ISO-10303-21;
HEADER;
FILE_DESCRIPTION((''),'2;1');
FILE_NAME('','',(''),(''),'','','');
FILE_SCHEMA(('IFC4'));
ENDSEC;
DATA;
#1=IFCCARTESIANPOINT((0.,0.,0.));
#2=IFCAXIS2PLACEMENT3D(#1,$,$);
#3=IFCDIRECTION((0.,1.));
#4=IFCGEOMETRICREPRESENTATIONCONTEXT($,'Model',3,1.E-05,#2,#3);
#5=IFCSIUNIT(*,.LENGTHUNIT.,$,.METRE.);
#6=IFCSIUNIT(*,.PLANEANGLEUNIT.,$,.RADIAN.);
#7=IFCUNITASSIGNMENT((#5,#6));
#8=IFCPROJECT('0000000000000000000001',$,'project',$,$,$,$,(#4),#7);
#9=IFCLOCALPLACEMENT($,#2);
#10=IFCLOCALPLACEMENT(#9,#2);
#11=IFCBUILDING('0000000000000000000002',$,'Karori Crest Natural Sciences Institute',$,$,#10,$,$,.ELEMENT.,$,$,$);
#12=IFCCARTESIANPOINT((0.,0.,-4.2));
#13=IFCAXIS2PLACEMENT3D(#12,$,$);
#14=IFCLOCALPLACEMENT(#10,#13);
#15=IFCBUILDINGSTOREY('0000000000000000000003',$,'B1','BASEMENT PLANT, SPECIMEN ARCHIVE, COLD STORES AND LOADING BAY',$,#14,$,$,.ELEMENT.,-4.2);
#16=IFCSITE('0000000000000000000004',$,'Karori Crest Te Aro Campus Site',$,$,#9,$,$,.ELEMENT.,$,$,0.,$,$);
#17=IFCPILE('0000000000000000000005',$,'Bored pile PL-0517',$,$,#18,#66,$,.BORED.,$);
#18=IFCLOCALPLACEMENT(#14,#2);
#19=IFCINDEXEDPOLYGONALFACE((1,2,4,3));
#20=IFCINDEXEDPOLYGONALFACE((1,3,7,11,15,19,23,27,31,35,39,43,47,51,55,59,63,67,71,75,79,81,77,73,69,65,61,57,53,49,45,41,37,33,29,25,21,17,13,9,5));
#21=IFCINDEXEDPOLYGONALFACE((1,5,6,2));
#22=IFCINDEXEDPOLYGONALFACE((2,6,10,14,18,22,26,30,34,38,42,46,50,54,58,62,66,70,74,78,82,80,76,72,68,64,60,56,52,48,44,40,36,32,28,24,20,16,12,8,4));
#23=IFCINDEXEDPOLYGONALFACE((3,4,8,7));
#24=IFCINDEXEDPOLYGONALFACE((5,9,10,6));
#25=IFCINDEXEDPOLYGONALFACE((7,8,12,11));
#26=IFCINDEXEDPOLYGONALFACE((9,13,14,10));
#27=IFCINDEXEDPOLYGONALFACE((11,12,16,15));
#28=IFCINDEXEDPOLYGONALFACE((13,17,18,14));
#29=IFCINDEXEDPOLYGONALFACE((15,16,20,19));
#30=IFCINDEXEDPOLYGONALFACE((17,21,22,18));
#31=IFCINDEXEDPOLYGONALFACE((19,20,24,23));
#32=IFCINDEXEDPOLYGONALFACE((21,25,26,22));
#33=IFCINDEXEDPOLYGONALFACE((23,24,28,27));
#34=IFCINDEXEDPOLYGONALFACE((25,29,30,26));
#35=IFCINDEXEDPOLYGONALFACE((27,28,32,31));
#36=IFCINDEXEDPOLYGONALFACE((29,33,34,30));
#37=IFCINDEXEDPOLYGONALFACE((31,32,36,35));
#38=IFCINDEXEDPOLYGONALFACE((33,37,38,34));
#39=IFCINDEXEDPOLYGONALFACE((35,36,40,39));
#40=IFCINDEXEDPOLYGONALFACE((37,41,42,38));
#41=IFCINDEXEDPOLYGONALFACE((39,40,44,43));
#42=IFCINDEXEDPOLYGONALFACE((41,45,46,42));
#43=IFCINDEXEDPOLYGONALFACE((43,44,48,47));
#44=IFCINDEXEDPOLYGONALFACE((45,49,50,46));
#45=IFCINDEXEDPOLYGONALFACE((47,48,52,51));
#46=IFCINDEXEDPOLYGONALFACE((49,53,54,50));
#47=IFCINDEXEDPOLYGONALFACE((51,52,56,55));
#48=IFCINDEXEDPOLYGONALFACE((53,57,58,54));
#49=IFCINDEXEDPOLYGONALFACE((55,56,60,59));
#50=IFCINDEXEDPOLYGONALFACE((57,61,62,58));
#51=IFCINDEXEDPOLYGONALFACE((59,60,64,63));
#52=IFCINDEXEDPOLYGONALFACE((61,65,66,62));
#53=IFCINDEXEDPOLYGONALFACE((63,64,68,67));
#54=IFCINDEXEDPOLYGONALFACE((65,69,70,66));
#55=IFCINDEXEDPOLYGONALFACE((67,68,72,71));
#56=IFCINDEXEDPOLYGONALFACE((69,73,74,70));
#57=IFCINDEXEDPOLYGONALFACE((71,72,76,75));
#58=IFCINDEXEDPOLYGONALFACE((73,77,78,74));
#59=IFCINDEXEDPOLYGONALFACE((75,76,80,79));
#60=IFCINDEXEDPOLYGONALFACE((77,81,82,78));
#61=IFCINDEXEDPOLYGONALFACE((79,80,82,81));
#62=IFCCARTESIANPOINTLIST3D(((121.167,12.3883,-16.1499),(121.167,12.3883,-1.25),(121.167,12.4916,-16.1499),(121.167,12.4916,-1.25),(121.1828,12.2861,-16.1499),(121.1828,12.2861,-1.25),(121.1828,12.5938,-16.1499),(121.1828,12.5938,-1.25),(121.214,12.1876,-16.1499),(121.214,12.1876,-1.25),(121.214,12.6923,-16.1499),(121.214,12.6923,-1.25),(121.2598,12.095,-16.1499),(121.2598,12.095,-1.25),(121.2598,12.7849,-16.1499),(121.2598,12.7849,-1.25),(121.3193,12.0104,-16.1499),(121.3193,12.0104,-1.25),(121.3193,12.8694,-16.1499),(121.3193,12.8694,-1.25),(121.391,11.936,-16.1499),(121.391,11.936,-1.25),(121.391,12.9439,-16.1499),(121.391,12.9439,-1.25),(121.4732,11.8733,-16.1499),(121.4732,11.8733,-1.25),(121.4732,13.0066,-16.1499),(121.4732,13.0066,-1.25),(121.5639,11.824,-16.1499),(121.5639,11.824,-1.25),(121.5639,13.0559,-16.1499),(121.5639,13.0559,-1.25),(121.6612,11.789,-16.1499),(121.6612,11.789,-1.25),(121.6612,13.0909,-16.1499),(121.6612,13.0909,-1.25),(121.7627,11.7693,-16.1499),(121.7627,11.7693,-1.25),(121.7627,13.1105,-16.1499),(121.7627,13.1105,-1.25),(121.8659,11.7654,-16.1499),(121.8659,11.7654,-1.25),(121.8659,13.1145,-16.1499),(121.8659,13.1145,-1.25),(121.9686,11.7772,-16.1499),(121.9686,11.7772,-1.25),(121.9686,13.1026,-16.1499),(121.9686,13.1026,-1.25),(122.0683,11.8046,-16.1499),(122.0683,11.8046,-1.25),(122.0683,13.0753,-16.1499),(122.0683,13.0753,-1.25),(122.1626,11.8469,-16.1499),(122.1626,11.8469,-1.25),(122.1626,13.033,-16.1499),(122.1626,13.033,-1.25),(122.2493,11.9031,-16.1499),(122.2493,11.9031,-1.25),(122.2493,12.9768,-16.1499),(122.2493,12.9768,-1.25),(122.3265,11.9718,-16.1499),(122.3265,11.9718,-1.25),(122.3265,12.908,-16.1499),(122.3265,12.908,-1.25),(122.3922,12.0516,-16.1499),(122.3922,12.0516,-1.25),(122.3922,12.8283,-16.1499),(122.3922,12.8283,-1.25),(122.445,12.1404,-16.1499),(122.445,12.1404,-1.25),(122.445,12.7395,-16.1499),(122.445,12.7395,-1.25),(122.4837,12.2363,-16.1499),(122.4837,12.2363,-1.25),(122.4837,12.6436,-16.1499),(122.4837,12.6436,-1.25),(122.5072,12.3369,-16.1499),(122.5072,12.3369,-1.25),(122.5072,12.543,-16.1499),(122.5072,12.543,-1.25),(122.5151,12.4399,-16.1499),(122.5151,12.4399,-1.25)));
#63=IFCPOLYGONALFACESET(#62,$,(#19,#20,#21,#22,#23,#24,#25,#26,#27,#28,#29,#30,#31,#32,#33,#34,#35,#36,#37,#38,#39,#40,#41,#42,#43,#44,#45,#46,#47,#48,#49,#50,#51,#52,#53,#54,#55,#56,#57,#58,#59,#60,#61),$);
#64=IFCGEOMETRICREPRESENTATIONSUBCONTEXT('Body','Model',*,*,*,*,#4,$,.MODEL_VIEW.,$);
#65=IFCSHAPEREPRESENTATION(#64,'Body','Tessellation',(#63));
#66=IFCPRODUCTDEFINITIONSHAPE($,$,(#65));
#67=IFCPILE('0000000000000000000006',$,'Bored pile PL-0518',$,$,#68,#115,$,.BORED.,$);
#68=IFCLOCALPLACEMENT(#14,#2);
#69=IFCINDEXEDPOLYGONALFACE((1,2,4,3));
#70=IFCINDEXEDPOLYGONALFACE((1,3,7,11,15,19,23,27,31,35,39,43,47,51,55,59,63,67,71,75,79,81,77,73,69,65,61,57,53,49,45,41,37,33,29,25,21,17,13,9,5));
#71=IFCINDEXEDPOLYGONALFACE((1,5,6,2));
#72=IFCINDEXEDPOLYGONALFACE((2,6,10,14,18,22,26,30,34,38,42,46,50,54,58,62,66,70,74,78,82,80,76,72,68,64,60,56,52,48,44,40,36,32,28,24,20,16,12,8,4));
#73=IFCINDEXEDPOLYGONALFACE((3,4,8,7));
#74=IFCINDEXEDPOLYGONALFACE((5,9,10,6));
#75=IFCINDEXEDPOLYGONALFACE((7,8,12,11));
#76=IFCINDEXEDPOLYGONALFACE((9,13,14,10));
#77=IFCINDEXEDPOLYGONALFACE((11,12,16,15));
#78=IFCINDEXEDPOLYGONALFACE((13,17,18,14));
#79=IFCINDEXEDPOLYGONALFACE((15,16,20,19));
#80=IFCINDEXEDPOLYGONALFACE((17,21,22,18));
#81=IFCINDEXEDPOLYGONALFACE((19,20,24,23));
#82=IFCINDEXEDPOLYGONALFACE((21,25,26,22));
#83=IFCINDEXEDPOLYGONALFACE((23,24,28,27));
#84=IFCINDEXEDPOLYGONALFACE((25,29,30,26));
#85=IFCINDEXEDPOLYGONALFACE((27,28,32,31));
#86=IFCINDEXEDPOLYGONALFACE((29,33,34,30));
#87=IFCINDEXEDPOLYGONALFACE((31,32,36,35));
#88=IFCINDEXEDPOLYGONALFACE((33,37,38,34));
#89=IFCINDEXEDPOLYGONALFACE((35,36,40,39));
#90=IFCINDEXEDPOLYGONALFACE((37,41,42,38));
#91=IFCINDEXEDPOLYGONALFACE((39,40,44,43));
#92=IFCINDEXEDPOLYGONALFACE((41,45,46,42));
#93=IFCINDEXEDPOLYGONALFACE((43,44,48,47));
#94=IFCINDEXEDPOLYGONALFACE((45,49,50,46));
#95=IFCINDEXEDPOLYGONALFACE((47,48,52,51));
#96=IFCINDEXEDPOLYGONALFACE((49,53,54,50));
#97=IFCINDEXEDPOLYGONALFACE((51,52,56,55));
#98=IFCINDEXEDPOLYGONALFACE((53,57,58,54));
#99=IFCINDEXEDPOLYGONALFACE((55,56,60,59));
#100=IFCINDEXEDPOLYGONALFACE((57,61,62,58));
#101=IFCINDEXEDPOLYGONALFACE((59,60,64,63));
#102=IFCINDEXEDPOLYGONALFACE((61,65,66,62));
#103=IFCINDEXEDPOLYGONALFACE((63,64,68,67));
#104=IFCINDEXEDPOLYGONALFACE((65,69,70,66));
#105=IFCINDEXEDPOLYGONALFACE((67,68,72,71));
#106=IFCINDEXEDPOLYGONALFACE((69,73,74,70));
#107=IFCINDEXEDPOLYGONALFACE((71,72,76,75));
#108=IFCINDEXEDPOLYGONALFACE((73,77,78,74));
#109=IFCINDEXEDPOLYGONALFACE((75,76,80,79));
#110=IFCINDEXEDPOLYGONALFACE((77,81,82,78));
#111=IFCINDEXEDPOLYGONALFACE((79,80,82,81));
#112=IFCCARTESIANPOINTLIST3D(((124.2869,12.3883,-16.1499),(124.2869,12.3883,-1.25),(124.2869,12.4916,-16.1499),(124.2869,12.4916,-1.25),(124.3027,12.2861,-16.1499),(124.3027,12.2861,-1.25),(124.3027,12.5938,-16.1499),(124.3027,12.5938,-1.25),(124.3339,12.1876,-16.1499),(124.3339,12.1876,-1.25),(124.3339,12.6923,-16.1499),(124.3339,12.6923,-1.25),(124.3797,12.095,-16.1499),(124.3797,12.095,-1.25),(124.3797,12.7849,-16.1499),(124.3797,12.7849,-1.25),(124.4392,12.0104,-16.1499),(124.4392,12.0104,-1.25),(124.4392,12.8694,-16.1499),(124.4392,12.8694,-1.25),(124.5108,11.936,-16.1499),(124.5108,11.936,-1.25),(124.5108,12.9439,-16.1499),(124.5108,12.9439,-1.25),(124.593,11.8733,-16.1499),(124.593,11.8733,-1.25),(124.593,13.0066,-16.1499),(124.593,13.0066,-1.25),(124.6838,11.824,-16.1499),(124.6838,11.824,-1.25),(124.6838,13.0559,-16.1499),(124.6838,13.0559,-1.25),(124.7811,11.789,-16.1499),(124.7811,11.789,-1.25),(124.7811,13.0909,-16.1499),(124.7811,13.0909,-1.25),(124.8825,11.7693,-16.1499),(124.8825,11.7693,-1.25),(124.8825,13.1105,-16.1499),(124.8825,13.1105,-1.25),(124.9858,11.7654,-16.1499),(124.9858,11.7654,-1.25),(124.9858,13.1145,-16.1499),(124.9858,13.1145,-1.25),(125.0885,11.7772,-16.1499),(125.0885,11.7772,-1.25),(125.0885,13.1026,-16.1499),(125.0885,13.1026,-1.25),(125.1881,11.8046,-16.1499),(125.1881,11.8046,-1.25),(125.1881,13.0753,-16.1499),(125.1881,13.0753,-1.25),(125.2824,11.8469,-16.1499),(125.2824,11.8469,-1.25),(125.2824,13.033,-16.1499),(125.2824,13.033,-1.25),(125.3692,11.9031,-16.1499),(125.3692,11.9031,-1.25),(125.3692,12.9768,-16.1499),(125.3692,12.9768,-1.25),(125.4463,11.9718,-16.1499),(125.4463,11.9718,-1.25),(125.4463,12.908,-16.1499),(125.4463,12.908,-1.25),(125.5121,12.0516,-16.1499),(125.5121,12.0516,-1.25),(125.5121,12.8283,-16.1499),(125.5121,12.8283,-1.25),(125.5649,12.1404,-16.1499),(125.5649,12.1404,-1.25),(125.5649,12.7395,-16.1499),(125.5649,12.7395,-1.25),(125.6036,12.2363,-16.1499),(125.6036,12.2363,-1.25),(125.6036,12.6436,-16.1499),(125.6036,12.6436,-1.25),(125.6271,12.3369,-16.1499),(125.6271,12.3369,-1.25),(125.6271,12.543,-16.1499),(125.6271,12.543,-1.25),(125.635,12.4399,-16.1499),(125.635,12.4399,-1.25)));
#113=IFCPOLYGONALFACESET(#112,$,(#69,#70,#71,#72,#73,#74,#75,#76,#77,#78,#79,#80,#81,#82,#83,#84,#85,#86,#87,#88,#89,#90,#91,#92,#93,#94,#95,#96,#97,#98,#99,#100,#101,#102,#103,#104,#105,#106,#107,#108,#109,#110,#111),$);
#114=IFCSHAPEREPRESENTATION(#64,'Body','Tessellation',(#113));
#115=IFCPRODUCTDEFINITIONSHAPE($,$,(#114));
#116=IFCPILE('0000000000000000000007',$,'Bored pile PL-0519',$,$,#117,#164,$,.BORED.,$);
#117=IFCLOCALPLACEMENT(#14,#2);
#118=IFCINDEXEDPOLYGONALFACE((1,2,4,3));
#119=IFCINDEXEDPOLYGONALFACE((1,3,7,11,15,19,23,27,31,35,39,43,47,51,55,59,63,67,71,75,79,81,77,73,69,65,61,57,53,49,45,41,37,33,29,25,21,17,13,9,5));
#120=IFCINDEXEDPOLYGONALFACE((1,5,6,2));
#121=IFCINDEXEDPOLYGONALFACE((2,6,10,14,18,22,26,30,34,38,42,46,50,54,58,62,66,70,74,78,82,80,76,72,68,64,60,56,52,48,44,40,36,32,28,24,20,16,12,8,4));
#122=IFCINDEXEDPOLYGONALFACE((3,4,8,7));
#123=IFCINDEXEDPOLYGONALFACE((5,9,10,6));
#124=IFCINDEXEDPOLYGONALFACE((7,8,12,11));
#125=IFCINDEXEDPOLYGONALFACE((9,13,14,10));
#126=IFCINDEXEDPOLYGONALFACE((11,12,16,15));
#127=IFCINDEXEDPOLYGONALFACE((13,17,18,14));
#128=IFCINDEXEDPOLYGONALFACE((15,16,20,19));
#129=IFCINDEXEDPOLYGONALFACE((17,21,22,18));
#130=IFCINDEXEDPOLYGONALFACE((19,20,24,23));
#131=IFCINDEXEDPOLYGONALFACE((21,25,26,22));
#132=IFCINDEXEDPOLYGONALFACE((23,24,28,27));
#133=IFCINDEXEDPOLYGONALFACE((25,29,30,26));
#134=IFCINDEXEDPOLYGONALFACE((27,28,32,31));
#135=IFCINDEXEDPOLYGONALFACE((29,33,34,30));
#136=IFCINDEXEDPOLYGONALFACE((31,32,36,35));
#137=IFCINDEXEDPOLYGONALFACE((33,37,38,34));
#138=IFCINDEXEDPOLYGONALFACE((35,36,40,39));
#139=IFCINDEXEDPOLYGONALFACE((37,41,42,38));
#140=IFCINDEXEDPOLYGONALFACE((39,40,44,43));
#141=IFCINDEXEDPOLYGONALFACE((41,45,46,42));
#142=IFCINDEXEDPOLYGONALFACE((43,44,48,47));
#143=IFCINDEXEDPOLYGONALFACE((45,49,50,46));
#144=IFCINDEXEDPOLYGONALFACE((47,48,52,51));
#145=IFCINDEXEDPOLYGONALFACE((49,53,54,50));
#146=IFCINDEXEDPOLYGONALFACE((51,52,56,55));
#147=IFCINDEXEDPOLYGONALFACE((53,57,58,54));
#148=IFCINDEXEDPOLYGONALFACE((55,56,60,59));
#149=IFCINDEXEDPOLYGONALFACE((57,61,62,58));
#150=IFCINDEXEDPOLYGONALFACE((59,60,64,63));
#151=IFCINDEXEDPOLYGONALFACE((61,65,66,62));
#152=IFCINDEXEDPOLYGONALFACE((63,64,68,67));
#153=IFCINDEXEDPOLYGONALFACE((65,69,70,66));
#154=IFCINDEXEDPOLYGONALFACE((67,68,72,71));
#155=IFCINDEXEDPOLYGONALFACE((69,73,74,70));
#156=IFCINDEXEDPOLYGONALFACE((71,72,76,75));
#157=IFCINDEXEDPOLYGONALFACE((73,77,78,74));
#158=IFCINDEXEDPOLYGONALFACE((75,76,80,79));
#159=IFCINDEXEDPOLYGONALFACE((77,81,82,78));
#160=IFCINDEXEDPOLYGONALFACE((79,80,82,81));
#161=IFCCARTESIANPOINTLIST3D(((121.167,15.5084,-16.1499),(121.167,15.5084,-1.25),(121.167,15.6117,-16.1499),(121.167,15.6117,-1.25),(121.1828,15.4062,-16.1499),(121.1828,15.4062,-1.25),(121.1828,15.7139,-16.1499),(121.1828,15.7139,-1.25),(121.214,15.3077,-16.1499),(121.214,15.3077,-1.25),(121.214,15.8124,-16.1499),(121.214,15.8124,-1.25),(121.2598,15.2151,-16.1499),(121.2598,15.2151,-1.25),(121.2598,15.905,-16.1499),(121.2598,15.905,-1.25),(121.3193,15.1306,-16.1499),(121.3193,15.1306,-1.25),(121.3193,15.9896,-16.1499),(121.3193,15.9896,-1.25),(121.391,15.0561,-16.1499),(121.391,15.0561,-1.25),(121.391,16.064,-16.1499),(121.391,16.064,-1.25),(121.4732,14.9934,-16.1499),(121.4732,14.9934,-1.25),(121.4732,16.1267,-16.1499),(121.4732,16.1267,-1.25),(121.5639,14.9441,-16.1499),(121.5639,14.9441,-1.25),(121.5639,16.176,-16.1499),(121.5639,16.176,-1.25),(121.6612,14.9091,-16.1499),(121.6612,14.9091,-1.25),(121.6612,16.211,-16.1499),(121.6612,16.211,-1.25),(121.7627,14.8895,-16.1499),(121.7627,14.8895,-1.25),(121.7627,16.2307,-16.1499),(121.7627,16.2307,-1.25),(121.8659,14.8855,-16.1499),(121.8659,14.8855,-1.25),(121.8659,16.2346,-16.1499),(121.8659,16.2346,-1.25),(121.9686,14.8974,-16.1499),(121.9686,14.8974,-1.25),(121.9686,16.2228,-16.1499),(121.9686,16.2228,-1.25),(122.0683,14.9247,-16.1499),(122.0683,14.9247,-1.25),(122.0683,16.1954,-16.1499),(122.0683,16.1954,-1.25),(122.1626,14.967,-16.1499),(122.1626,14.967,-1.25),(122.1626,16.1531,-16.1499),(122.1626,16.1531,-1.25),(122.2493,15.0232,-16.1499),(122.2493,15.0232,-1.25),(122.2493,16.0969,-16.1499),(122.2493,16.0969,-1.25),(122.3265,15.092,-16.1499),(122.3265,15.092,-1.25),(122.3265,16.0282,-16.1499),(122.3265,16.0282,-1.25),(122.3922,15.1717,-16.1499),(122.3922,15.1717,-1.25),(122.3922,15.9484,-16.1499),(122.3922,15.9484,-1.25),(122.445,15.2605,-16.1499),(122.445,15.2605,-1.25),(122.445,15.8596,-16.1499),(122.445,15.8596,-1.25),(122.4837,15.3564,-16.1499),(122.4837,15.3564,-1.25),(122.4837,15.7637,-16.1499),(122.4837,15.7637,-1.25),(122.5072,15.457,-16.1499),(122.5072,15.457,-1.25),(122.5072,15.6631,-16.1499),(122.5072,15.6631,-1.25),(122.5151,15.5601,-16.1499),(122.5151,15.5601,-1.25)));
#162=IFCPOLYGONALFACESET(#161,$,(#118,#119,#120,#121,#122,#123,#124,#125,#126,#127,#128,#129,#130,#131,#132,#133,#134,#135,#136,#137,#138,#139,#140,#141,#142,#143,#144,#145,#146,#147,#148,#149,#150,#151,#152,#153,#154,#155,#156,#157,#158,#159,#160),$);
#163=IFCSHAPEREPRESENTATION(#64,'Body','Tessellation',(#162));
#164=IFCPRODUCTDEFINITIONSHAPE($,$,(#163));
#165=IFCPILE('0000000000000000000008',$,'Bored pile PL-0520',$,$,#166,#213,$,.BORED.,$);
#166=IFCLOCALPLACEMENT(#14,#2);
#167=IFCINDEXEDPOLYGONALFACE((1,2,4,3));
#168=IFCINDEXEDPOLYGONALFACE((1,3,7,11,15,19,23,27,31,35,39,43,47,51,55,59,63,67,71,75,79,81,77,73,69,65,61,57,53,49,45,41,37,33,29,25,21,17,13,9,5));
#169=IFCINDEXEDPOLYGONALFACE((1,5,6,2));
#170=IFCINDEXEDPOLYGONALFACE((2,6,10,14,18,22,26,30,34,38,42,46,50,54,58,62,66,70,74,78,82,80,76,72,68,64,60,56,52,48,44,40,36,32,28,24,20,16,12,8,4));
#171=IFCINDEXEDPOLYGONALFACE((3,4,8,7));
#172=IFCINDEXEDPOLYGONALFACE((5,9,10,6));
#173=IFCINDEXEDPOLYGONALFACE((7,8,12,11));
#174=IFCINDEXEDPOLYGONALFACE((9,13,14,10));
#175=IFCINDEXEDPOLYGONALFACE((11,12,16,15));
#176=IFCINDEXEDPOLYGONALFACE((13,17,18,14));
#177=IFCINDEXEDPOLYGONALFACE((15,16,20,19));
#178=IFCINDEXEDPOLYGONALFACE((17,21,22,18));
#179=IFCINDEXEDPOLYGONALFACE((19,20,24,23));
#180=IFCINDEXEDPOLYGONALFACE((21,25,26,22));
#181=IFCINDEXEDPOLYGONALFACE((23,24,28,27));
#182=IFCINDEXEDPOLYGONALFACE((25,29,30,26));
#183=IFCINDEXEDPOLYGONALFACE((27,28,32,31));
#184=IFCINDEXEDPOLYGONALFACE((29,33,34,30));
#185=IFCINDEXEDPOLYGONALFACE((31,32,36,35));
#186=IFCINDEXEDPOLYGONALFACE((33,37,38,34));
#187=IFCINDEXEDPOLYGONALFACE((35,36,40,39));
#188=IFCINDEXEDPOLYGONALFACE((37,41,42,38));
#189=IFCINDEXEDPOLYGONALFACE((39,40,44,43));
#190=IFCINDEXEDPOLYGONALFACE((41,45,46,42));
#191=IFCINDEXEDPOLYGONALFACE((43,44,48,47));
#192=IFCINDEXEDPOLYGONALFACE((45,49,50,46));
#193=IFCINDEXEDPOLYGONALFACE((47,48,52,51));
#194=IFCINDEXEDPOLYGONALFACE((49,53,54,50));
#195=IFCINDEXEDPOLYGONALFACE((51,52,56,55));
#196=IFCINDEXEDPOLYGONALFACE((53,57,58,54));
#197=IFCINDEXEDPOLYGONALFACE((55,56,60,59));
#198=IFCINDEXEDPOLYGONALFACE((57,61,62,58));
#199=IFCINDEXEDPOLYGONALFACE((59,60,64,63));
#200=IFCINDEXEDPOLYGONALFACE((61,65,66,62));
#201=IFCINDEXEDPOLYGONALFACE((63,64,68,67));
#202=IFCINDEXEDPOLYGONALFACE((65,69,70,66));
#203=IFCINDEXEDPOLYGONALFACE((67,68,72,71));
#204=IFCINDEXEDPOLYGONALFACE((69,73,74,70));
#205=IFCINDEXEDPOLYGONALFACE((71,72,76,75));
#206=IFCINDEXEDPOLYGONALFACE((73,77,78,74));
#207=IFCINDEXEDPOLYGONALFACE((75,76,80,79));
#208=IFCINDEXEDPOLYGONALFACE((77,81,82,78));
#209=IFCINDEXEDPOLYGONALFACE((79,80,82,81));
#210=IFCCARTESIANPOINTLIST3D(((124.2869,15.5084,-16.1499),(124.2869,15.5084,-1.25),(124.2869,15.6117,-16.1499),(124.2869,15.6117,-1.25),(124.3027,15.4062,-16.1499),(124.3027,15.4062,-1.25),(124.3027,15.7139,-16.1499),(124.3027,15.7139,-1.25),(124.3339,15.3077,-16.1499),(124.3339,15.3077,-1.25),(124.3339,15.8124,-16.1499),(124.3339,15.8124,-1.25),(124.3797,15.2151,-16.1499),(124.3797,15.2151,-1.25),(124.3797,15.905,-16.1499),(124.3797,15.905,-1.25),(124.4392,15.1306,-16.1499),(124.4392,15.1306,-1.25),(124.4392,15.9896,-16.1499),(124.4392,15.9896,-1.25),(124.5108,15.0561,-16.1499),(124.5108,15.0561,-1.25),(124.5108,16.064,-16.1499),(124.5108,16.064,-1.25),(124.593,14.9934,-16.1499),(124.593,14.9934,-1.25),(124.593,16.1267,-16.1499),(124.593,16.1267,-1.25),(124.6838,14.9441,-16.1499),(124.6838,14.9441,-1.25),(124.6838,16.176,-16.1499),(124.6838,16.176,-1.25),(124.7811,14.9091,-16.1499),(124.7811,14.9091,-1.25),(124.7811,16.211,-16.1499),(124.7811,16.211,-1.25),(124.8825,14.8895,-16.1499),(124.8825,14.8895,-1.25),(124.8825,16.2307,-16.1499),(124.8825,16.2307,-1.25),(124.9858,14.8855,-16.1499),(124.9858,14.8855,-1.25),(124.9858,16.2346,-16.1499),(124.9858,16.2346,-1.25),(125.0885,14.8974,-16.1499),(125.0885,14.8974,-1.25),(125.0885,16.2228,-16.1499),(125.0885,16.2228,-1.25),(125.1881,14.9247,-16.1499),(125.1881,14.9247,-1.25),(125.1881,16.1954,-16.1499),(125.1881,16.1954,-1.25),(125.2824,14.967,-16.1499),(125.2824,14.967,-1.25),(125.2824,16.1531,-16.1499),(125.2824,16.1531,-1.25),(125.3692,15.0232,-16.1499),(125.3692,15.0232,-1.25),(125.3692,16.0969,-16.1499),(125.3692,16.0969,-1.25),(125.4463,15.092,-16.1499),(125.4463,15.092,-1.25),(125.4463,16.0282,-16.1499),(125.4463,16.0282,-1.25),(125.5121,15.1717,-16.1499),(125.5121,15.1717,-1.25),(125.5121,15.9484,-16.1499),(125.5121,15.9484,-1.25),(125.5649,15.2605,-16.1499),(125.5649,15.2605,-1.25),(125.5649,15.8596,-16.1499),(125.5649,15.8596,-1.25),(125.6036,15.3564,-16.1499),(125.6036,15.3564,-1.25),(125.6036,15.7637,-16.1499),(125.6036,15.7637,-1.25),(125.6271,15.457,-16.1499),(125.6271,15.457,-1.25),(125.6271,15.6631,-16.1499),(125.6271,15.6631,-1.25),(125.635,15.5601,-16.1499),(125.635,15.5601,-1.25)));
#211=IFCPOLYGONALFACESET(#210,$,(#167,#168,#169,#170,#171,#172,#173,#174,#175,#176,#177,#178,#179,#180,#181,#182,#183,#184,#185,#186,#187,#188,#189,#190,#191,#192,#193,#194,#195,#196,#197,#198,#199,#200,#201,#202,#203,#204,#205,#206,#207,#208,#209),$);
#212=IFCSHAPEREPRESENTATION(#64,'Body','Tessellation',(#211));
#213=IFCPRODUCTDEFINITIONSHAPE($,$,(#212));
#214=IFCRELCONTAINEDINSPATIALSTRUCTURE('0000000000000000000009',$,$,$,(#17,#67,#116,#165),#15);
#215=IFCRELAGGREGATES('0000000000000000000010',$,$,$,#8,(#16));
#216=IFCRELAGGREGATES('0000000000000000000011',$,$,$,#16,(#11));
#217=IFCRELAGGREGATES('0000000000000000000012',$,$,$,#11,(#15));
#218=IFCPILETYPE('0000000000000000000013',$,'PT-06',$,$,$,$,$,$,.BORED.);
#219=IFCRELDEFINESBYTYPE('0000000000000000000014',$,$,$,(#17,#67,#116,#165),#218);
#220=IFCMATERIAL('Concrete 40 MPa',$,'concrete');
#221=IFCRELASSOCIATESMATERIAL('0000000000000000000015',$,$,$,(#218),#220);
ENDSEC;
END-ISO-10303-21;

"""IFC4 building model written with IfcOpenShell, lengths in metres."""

from ifc_helpers import new_model, si_unit, direction, frame, origin, origin_2d, place, context, subcontext, project, spatial, circle, extrude, material, material_profile, profile_set, type_object, element, save


model = new_model("IFC4")

# Units and contexts
model_context = context("Model", 3, precision=1e-05, world=origin(), true_north=direction((0.0, 1.0)))
body_context = subcontext(model_context, "Body", "Model", "MODEL_VIEW")
ifc_project = project(units=[si_unit("LENGTHUNIT", "METRE"), si_unit("PLANEANGLEUNIT", "RADIAN")], contexts=[model_context])

# Site, building, storey
site_placement = place(None, origin())
site = spatial("IfcSite", under=ifc_project, at=site_placement, Name="Karori Crest Te Aro Campus Site", CompositionType="ELEMENT", RefElevation=0.0)
building_placement = place(site_placement, origin())
building = spatial("IfcBuilding", under=site, at=building_placement, Name="Karori Crest Natural Sciences Institute", CompositionType="ELEMENT")
storey_placement = place(building_placement, frame((0.0, 0.0, -4.2)))
storey = spatial("IfcBuildingStorey", under=building, at=storey_placement, Name="B1", Description="BASEMENT PLANT, SPECIMEN ARCHIVE, COLD STORES AND LOADING BAY", CompositionType="ELEMENT", Elevation=-4.2)

# Shared definitions
ifc_material_1 = material(Name="Concrete 40 MPa", Category="concrete")

# Piles
ifc_material_profile_1 = material_profile(ifc_material_1, circle(Radius=0.675, at=origin_2d()), Name="PILE1350")
ifc_profile_set_1 = profile_set([ifc_material_profile_1], Name="Concrete 40 MPa")
pile_type_1 = type_object("IfcPileType", Name="PT-06", PredefinedType="BORED", material=ifc_profile_set_1)
for number, where, z_axis, x_axis, name in (
    (1, (121.8401, 12.4399, -1.25), (0.0, 0.0, -1.0), (1.0, 0.0, 0.0), "Bored pile PL-0517"),
    (2, (124.96, 12.4399, -1.25), (0.0, 0.0, -1.0), (1.0, 0.0, 0.0), "Bored pile PL-0518"),
    (3, (121.8401, 15.5601, -1.25), (0.0, 0.0, -1.0), (1.0, 0.0, 0.0), "Bored pile PL-0519"),
    (4, (124.96, 15.5601, -1.25), (0.0, 0.0, -1.0), (1.0, 0.0, 0.0), "Bored pile PL-0520"),
):
    element("IfcPile", number, at=place(storey_placement, frame(where, z_axis=z_axis, x_axis=x_axis)), inside=storey, type_object=pile_type_1, Name=name, PredefinedType="BORED", context=body_context, shape_type="SweptSolid", body=[
        extrude(circle(Radius=0.675, at=origin_2d()), origin(), (0.0, 0.0, 1.0), 14.8999),
    ])

save(model, "model.ifc")
